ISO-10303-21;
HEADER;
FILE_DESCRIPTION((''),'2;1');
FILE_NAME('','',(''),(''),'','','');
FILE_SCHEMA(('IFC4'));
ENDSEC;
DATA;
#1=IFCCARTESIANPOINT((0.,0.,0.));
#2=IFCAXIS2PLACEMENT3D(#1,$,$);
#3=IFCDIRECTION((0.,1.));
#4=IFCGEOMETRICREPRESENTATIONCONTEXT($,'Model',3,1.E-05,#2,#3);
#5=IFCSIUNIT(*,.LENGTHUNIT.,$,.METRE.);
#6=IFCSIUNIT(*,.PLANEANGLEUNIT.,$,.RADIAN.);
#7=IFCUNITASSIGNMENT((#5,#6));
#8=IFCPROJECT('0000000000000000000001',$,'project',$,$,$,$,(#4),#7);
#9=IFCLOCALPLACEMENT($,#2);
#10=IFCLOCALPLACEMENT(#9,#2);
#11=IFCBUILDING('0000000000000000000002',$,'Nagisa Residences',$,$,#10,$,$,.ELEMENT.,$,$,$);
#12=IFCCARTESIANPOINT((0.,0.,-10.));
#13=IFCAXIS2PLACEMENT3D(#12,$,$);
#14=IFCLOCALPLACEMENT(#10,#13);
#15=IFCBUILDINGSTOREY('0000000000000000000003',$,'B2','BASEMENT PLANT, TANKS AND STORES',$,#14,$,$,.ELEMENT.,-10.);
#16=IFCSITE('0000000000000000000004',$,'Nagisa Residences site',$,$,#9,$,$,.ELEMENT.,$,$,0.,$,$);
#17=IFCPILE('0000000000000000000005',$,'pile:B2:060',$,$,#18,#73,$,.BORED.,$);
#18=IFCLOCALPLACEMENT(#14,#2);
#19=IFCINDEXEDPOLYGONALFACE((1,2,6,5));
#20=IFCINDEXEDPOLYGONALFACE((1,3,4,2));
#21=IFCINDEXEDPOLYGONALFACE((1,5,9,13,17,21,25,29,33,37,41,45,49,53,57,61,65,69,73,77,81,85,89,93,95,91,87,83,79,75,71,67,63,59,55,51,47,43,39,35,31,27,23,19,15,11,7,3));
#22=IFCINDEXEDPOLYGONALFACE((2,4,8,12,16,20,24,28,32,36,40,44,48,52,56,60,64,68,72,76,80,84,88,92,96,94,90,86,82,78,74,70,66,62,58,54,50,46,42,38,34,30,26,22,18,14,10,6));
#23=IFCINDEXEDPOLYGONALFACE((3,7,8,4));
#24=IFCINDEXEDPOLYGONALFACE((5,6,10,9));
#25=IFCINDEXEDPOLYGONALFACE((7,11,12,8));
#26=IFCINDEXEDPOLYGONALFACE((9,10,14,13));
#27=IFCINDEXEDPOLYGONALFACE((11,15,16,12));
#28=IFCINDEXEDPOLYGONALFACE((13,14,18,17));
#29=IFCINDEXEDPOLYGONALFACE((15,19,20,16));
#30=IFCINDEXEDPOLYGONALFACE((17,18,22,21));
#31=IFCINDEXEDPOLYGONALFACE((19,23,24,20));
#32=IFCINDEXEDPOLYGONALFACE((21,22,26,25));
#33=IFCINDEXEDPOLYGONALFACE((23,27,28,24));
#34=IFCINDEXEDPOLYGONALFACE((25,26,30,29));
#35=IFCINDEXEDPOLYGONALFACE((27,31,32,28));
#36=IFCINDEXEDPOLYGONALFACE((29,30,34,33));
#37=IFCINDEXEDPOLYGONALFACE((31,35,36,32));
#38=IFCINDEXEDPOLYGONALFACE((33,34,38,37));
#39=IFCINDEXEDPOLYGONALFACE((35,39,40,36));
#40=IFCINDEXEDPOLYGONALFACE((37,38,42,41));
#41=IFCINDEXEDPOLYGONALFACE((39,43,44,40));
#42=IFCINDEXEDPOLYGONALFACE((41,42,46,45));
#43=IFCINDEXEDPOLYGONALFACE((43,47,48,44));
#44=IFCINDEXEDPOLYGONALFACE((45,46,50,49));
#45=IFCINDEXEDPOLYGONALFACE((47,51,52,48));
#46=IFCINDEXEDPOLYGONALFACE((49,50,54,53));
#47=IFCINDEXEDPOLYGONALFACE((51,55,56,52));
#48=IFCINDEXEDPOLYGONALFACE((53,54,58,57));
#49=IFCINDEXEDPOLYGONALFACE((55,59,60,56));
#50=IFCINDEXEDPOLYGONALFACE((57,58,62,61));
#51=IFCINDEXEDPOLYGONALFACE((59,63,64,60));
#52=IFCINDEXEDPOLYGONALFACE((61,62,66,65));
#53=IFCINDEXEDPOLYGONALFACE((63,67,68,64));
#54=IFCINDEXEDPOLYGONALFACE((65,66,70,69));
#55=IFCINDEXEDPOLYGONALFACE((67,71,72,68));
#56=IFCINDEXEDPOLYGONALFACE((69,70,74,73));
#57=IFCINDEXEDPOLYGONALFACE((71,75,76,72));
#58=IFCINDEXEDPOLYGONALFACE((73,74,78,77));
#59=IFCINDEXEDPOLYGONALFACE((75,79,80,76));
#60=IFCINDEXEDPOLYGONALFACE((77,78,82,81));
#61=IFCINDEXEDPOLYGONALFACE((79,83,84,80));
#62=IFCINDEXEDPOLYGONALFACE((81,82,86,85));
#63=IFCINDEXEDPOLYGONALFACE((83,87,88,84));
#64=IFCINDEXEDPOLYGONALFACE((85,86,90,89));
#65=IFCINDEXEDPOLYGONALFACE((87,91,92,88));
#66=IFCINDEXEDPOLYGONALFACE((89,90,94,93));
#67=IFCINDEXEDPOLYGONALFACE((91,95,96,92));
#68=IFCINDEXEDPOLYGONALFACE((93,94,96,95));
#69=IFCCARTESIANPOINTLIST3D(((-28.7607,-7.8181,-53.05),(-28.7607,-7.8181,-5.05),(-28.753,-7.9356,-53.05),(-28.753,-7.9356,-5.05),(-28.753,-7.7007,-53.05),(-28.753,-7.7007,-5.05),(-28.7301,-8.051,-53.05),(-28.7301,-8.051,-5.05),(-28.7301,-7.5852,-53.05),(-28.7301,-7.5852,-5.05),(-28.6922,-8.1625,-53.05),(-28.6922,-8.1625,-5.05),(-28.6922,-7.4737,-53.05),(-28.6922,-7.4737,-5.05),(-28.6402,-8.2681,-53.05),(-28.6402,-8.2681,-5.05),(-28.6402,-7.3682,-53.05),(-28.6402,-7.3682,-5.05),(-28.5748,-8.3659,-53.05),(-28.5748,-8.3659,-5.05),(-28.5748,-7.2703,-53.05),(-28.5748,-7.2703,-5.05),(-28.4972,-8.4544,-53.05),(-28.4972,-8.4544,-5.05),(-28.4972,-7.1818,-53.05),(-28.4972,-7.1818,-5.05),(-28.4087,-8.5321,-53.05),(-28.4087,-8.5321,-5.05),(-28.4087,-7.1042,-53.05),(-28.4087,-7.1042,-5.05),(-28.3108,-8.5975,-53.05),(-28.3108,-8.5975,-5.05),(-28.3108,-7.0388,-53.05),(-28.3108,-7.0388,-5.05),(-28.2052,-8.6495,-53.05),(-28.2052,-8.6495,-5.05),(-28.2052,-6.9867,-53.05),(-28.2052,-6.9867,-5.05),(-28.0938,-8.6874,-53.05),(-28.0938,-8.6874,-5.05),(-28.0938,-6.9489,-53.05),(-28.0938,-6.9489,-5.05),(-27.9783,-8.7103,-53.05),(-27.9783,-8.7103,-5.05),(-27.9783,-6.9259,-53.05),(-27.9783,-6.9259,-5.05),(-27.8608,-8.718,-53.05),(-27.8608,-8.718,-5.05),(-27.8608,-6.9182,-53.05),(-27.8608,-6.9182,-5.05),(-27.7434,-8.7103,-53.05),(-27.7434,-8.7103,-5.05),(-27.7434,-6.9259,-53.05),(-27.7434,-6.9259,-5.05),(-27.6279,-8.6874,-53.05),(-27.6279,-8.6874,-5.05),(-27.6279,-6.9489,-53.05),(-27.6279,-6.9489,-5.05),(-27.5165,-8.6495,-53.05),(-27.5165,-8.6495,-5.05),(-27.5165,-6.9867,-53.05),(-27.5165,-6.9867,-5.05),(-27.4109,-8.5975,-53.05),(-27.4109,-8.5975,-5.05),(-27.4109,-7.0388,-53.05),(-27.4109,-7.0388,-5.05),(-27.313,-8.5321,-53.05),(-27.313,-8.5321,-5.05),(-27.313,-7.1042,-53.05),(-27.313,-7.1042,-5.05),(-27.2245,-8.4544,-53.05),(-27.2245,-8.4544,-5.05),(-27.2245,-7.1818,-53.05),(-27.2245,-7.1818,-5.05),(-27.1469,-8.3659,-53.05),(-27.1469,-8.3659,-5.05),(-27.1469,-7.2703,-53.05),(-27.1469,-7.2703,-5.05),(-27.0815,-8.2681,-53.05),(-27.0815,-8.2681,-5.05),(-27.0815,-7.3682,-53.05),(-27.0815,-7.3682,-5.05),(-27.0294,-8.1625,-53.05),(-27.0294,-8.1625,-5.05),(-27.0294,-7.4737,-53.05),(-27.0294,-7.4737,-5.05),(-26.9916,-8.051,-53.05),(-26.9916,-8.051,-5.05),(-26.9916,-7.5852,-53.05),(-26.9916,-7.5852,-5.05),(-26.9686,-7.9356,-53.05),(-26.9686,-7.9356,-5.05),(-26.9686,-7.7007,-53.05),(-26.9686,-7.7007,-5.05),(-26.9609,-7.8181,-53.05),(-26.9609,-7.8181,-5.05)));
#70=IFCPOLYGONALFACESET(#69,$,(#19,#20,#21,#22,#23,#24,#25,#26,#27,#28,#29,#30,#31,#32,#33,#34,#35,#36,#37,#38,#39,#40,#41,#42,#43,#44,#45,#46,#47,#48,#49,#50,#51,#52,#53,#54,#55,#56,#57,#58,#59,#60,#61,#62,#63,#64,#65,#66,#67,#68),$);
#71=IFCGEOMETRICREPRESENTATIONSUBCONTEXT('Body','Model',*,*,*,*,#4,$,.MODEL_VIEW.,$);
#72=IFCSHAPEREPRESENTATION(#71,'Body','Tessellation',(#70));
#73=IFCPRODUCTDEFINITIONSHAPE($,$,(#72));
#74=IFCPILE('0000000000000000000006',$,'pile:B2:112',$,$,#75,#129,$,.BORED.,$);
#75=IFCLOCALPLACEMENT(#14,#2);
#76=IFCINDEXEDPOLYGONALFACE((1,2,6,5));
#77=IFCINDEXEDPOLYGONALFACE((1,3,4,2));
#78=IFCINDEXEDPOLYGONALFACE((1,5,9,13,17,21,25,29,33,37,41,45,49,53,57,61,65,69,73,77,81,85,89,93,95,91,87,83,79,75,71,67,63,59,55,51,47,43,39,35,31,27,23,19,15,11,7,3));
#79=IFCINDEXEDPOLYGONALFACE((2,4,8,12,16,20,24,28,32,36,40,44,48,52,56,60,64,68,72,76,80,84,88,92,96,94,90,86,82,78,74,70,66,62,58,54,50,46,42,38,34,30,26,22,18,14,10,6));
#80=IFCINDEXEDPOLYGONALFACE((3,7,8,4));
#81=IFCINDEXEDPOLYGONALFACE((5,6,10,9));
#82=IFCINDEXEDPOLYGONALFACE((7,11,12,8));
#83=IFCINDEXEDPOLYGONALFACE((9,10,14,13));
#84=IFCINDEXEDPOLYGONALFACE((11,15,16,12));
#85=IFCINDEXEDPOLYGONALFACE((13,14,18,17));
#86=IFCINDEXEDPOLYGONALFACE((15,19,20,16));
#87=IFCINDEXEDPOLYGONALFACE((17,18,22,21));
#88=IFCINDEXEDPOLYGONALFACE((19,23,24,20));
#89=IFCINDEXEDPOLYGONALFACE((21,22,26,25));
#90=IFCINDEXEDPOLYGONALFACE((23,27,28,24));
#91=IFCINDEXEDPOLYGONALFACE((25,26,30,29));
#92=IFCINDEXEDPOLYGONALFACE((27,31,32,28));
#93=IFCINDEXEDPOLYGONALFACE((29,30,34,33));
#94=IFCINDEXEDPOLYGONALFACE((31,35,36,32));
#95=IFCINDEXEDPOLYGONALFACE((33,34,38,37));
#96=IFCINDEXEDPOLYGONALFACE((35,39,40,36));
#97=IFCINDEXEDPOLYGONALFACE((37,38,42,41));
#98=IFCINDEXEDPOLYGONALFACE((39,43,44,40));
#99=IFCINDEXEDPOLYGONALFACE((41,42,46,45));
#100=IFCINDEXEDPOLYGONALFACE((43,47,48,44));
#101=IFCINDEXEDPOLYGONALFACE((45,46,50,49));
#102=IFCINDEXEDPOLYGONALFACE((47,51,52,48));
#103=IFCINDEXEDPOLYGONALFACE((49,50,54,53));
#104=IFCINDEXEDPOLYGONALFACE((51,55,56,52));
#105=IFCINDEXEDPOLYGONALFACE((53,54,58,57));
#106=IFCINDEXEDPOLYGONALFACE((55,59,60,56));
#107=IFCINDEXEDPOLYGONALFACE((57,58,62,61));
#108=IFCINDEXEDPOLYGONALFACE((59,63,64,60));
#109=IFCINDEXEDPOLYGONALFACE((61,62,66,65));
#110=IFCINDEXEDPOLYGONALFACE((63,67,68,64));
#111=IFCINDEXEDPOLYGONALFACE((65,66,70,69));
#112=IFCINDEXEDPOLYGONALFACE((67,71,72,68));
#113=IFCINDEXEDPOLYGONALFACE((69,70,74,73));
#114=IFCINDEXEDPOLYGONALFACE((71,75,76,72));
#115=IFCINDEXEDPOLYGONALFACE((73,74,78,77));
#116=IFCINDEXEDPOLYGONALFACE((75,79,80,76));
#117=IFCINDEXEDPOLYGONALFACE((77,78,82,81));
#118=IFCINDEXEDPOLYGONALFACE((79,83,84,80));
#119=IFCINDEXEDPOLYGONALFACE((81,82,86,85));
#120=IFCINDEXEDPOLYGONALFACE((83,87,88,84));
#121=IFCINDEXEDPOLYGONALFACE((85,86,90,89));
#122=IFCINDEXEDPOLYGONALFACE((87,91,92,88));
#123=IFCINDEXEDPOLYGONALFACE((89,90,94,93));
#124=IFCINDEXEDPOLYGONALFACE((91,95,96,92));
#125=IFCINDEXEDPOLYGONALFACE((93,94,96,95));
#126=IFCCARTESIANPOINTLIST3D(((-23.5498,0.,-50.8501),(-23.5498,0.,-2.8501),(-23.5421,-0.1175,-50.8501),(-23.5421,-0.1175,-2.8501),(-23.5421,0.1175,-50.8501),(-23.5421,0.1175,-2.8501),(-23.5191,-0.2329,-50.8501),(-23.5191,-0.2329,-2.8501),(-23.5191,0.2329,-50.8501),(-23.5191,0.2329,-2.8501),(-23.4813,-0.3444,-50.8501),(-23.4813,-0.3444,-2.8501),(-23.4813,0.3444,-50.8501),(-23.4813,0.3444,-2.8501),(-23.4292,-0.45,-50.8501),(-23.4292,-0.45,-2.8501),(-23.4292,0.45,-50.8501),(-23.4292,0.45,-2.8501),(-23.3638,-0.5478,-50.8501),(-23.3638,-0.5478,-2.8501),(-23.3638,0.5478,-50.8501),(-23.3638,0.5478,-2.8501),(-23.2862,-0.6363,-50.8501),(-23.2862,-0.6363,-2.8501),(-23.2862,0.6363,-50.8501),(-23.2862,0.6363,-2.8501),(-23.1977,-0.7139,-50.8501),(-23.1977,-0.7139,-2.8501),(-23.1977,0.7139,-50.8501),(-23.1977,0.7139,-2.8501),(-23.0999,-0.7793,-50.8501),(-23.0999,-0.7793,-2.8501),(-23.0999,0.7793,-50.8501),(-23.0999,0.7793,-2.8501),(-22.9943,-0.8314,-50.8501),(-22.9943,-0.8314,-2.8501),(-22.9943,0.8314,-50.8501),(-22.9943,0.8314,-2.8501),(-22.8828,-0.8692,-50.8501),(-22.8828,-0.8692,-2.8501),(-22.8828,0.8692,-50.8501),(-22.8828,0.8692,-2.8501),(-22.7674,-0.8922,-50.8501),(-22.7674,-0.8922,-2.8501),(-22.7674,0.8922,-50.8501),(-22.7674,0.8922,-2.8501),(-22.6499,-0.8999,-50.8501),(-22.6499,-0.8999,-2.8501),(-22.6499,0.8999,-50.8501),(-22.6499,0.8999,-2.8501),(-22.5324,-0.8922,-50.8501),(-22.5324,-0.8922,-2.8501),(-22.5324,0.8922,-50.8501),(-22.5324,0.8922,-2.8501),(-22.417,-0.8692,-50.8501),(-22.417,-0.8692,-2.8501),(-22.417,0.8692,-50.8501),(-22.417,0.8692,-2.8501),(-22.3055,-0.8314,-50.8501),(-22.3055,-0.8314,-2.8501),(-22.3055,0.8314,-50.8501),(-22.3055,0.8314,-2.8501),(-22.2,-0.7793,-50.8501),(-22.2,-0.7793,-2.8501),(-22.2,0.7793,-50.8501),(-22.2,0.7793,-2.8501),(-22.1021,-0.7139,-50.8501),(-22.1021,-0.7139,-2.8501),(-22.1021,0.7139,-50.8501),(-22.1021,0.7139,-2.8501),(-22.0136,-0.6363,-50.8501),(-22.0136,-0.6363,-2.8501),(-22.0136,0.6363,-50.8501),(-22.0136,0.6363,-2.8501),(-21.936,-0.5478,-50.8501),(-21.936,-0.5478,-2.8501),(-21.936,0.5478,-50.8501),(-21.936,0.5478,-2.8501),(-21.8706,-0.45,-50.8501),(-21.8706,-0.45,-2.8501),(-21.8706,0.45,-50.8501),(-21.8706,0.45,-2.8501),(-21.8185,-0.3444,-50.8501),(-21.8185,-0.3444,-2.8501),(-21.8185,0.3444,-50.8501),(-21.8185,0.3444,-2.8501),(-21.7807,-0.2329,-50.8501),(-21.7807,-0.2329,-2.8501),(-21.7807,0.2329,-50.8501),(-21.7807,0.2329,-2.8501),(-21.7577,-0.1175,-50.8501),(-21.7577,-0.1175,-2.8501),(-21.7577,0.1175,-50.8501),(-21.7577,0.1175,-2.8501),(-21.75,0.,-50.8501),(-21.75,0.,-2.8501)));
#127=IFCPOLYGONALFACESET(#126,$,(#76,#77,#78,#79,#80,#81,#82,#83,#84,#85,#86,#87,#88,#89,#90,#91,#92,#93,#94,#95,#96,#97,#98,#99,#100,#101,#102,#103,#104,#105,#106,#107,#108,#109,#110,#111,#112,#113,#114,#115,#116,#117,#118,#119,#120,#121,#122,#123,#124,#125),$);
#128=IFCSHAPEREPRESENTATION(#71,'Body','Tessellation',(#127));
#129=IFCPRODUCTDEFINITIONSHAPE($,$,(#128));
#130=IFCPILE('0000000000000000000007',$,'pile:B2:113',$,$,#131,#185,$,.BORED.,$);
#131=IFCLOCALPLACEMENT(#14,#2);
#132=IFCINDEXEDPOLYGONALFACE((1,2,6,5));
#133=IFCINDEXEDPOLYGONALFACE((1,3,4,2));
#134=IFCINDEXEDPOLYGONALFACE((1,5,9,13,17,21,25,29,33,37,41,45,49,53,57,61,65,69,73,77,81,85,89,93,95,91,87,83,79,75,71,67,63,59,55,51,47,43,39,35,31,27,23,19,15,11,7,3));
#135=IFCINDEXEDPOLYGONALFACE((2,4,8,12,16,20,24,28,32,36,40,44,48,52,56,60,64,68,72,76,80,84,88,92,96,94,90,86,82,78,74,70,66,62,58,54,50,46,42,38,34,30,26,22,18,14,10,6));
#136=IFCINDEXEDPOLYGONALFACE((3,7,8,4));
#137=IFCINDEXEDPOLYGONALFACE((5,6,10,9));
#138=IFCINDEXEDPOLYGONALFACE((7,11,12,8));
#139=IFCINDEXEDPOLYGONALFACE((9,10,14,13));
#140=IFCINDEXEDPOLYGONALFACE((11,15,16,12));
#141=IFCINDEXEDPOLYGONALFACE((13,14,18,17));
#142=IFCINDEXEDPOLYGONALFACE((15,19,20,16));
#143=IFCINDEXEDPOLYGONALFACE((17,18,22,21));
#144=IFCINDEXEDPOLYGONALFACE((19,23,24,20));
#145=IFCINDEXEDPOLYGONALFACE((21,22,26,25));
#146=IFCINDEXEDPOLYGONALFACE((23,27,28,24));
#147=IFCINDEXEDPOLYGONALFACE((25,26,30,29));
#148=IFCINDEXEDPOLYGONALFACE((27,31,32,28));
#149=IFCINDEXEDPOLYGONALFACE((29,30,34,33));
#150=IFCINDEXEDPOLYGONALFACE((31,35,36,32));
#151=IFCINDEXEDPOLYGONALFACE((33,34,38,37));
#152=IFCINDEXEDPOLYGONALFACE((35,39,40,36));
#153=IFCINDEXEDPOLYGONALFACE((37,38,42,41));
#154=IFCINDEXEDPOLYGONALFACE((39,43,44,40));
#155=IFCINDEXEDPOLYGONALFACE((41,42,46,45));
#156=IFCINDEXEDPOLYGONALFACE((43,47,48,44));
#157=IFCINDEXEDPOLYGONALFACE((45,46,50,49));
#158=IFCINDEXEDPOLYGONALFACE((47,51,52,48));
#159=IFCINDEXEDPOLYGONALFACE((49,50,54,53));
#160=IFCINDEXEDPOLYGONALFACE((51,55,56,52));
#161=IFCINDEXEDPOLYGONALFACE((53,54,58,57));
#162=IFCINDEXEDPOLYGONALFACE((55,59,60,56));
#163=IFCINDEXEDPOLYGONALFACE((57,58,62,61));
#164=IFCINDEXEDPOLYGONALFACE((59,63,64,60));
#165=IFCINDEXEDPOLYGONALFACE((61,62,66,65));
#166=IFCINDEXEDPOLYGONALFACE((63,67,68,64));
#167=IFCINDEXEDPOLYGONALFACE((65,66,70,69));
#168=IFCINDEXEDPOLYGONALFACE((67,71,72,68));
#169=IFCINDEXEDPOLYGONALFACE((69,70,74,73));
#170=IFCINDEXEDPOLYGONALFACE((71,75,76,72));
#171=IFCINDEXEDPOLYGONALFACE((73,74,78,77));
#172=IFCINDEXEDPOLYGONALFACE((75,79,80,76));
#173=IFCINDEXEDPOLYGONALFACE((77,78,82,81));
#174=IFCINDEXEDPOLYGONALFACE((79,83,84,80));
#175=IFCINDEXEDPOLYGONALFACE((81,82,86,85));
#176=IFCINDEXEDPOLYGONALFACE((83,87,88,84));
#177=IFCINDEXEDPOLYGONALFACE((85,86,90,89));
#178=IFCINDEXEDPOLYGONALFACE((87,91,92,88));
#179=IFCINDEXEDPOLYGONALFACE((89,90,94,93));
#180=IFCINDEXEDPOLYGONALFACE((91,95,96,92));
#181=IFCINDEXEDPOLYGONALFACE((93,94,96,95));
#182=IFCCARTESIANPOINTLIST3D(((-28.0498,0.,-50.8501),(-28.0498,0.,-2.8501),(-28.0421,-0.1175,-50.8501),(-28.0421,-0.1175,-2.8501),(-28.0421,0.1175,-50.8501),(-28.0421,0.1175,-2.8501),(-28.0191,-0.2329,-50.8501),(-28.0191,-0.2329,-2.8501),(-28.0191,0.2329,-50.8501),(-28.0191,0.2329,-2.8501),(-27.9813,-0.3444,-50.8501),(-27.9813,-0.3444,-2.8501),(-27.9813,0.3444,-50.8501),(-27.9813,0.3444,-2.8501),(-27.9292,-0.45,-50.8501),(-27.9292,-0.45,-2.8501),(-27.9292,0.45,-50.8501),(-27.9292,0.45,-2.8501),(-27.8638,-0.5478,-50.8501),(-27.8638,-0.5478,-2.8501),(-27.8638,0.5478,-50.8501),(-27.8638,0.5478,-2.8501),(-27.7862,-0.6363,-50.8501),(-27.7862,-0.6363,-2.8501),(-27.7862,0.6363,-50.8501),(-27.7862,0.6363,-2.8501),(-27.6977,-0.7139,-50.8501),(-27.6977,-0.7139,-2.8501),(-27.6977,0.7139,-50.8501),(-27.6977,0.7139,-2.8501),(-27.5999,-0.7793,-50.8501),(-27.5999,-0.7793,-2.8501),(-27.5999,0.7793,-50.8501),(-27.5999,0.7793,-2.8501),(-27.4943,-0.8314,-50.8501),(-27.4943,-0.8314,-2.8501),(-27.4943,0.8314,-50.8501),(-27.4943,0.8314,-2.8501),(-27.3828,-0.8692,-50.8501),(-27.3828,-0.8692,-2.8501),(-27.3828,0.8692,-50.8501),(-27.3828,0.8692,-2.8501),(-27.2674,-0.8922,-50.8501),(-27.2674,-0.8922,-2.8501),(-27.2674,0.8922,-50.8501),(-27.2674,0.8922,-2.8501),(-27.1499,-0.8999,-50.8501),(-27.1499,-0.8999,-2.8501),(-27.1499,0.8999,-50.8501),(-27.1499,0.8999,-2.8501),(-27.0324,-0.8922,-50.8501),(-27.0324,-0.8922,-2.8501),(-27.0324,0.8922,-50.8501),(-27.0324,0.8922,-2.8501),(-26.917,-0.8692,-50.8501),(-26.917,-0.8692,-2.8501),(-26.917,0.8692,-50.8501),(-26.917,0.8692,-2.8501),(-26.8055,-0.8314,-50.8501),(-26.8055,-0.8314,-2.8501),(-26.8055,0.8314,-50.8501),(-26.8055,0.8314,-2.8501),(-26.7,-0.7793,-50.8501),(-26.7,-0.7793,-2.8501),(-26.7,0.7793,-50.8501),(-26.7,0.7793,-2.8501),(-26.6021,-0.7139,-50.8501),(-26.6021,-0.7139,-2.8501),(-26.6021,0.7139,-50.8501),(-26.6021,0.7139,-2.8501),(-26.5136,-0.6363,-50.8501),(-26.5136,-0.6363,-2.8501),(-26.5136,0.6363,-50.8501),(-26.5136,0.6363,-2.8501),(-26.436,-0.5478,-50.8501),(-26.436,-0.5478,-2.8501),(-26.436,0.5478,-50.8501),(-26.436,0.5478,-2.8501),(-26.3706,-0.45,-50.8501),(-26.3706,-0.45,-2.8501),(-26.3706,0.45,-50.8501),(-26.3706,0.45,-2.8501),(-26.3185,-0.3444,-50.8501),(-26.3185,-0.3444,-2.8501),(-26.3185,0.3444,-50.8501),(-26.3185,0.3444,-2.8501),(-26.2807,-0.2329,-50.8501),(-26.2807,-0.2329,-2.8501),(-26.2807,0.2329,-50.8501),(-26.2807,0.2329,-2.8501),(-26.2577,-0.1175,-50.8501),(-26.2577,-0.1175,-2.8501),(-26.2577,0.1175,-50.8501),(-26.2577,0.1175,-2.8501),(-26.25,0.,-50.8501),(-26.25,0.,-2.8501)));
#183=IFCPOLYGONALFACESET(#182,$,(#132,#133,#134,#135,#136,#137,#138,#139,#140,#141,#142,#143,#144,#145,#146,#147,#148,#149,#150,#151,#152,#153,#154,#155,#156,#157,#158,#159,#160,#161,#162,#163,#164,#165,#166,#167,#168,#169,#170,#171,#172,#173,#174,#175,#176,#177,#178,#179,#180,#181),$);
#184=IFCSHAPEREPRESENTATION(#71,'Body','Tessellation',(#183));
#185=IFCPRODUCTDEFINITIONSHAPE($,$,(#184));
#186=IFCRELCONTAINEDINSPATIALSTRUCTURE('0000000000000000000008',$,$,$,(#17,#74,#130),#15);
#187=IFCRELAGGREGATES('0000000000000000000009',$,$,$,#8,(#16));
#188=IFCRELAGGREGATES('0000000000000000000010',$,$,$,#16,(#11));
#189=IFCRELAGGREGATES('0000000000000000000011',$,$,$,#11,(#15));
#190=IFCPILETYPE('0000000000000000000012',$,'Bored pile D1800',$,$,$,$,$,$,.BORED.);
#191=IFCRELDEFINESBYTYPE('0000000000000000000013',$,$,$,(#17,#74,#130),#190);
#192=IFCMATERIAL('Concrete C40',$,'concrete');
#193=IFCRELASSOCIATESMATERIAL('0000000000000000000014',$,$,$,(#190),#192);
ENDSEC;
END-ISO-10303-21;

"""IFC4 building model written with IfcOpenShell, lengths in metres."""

from ifc_helpers import new_model, si_unit, direction, frame, origin, origin_2d, place, context, subcontext, project, spatial, circle, extrude, material, material_profile, profile_set, type_object, element, save


model = new_model("IFC4")

# Units and contexts
model_context = context("Model", 3, precision=1e-05, world=origin(), true_north=direction((0.0, 1.0)))
body_context = subcontext(model_context, "Body", "Model", "MODEL_VIEW")
ifc_project = project(units=[si_unit("LENGTHUNIT", "METRE"), si_unit("PLANEANGLEUNIT", "RADIAN")], contexts=[model_context])

# Site, building, storey
site_placement = place(None, origin())
site = spatial("IfcSite", under=ifc_project, at=site_placement, Name="Nagisa Residences site", CompositionType="ELEMENT", RefElevation=0.0)
building_placement = place(site_placement, origin())
building = spatial("IfcBuilding", under=site, at=building_placement, Name="Nagisa Residences", CompositionType="ELEMENT")
storey_placement = place(building_placement, frame((0.0, 0.0, -10.0)))
storey = spatial("IfcBuildingStorey", under=building, at=storey_placement, Name="B2", Description="BASEMENT PLANT, TANKS AND STORES", CompositionType="ELEMENT", Elevation=-10.0)

# Piles
ifc_material_1 = material(Name="Concrete C40", Category="concrete")
ifc_material_profile_1 = material_profile(ifc_material_1, circle(Radius=0.8999, at=origin_2d()), Name="Bored pile D1800")
ifc_profile_set_1 = profile_set([ifc_material_profile_1], Name="Concrete C40")
pile_type = type_object("IfcPileType", Name="Bored pile D1800", PredefinedType="BORED", material=ifc_profile_set_1)
for number, where, z_axis, x_axis, name in (
    (1, (-27.8608, -7.8181, -5.05), (0.0, 0.0, -1.0), (1.0, 0.0, 0.0), "pile:B2:060"),
    (2, (-22.6499, 0.0, -2.8501), (0.0, 0.0, -1.0), (1.0, 0.0, 0.0), "pile:B2:112"),
    (3, (-27.1499, 0.0, -2.8501), (0.0, 0.0, -1.0), (1.0, 0.0, 0.0), "pile:B2:113"),
):
    element("IfcPile", number, at=place(storey_placement, frame(where, z_axis=z_axis, x_axis=x_axis)), inside=storey, type_object=pile_type, Name=name, PredefinedType="BORED", context=body_context, shape_type="SweptSolid", body=[
        extrude(circle(Radius=0.8999, at=origin_2d()), origin(), (0.0, 0.0, 1.0), 48.0),
    ])

save(model, "model.ifc")
